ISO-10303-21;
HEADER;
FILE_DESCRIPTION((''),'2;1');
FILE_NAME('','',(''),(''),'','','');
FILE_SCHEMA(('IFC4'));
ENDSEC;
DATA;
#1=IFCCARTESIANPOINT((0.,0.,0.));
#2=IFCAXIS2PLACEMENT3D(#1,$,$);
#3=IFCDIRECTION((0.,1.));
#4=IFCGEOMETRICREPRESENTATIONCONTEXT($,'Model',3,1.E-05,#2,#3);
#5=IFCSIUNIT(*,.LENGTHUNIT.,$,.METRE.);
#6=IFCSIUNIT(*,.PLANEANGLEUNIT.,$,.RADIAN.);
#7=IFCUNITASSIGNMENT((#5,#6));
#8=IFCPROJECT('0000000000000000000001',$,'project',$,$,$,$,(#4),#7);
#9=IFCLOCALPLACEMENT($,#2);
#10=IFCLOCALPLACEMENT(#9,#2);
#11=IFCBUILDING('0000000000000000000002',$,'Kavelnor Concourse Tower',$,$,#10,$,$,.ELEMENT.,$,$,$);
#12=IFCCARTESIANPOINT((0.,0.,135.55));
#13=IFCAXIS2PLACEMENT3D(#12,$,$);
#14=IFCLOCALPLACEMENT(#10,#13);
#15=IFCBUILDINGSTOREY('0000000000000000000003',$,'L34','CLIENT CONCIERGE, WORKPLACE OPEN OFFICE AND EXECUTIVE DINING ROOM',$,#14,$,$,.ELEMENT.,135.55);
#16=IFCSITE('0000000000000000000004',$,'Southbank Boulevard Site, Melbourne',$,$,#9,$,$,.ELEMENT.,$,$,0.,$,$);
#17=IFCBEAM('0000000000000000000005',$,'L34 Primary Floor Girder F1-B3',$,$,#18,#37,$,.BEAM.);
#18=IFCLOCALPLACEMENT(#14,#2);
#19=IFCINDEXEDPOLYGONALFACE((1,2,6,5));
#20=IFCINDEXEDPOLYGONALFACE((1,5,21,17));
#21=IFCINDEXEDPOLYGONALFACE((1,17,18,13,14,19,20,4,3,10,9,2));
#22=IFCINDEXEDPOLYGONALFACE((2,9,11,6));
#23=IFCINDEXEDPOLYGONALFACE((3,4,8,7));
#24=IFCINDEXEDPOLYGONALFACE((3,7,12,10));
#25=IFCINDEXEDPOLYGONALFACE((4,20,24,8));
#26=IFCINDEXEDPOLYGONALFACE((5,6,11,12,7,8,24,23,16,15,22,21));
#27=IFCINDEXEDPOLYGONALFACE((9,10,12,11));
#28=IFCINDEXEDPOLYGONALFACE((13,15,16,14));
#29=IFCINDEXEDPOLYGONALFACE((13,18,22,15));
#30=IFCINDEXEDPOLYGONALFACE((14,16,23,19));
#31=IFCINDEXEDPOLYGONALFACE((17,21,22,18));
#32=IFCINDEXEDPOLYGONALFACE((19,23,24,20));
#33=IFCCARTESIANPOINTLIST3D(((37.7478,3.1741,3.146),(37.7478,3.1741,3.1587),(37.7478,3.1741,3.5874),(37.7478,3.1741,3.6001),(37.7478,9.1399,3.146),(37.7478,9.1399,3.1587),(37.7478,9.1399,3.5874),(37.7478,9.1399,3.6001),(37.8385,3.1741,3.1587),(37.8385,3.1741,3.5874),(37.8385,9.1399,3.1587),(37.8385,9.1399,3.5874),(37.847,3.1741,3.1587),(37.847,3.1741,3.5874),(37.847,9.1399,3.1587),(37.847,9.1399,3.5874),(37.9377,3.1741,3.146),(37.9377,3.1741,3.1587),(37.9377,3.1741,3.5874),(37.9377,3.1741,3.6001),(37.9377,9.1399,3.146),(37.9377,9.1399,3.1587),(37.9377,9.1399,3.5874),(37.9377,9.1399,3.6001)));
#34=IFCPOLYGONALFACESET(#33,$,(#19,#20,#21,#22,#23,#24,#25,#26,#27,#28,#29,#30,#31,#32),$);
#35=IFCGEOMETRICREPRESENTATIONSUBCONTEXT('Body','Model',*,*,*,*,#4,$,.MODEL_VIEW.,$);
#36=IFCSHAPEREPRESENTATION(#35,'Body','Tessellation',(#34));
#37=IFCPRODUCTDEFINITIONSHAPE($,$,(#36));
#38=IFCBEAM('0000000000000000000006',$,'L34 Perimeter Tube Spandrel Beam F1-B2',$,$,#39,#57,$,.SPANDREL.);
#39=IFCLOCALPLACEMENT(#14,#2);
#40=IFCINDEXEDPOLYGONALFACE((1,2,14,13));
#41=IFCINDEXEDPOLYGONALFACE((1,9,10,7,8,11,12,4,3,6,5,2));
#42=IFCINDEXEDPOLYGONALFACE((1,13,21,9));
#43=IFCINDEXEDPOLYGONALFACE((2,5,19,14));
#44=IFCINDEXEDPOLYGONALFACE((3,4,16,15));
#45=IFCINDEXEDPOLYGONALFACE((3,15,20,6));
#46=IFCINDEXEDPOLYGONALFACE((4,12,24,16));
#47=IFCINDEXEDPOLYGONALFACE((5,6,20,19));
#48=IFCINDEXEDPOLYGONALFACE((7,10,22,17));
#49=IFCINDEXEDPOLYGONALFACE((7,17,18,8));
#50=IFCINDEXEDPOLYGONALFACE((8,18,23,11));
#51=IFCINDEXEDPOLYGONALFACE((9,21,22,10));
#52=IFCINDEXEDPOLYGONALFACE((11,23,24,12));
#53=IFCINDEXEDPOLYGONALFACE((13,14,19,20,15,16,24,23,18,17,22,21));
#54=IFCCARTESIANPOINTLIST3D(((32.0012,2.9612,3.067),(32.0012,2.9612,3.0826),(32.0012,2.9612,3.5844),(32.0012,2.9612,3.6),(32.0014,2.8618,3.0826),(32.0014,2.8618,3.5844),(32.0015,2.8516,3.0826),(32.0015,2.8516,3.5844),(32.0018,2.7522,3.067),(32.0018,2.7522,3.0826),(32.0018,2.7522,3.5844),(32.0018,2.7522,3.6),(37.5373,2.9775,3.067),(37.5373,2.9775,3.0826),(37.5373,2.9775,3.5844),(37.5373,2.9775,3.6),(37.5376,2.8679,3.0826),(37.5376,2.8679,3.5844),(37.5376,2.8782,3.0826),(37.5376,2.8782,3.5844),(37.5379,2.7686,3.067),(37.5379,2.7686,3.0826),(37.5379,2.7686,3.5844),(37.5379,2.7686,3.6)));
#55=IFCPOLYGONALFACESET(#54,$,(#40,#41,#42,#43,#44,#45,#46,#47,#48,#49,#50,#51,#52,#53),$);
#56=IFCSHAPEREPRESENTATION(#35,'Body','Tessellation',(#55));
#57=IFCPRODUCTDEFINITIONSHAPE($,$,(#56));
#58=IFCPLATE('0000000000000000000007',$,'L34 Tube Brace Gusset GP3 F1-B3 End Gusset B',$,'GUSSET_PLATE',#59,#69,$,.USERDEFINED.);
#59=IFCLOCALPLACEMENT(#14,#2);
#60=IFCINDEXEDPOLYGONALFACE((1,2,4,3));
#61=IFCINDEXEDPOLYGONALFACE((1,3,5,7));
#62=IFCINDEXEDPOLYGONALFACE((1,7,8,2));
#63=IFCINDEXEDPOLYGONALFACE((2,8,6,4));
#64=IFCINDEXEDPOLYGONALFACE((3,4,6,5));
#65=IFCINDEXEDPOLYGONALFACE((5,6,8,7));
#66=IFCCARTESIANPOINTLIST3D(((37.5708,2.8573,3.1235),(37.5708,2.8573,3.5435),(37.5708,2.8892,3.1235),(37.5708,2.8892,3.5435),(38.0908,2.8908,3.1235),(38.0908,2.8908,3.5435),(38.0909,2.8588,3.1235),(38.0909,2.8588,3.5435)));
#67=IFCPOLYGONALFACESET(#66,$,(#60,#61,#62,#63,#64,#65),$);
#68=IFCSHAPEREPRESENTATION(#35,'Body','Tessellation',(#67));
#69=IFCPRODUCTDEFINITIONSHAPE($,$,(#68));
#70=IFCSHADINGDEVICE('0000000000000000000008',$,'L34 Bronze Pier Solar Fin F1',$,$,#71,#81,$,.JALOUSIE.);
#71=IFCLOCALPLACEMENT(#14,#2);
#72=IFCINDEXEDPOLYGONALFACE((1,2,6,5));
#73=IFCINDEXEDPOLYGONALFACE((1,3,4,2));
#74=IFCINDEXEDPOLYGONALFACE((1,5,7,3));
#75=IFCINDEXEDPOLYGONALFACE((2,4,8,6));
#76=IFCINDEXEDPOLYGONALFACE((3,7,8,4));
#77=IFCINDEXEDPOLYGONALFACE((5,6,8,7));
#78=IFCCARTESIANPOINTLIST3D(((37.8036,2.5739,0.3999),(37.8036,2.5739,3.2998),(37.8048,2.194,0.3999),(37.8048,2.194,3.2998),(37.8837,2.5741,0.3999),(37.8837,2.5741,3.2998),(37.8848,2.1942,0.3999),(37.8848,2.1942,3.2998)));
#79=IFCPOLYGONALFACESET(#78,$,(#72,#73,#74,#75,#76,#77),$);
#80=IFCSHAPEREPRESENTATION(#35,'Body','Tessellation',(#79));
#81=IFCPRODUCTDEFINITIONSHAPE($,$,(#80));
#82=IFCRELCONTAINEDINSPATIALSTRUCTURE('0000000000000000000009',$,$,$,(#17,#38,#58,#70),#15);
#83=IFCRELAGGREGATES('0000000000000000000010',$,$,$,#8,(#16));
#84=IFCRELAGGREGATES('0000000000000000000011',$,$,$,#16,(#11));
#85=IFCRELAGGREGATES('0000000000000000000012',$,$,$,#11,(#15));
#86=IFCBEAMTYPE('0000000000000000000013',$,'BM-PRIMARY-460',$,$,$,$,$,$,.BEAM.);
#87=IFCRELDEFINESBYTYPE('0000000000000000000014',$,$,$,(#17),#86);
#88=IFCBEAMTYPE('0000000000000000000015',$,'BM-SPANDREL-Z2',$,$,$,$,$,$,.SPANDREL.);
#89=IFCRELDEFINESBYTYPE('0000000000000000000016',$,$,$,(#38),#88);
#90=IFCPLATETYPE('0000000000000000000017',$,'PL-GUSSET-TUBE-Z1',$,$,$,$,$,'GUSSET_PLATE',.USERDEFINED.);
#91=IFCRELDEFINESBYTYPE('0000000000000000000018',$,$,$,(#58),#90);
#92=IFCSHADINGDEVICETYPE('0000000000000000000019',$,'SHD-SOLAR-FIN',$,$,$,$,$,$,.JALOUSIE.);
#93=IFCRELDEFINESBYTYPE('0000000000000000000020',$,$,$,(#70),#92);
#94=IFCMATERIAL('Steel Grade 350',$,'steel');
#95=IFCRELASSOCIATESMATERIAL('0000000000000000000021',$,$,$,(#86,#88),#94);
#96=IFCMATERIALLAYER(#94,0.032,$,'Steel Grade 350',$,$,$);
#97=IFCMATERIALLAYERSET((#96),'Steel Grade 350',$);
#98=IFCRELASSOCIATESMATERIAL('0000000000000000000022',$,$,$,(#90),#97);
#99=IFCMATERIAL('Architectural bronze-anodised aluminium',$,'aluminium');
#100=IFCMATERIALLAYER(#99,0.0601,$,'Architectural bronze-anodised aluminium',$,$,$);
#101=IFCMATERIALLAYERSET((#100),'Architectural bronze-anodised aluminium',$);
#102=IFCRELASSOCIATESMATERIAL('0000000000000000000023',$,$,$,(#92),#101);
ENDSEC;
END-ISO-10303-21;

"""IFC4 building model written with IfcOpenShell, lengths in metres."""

from ifc_helpers import new_model, si_unit, direction, frame, origin, origin_2d, place, context, subcontext, project, spatial, rectangle, i_section, extrude, material, layer, layer_set, material_profile, profile_set, type_object, element, save


model = new_model("IFC4")

# Units and contexts
model_context = context("Model", 3, precision=1e-05, world=origin(), true_north=direction((0.0, 1.0)))
body_context = subcontext(model_context, "Body", "Model", "MODEL_VIEW")
ifc_project = project(units=[si_unit("LENGTHUNIT", "METRE"), si_unit("PLANEANGLEUNIT", "RADIAN")], contexts=[model_context])

# Site, building, storey
site_placement = place(None, origin())
site = spatial("IfcSite", under=ifc_project, at=site_placement, Name="Southbank Boulevard Site, Melbourne", CompositionType="ELEMENT", RefElevation=0.0)
building_placement = place(site_placement, origin())
building = spatial("IfcBuilding", under=site, at=building_placement, Name="Kavelnor Concourse Tower", CompositionType="ELEMENT")
storey_placement = place(building_placement, frame((0.0, 0.0, 135.55)))
storey = spatial("IfcBuildingStorey", under=building, at=storey_placement, Name="L34", Description="CLIENT CONCIERGE, WORKPLACE OPEN OFFICE AND EXECUTIVE DINING ROOM", CompositionType="ELEMENT", Elevation=135.55)

# Shared definitions
ifc_material_1 = material(Name="Steel Grade 350", Category="steel")

# Beams
ifc_material_profile_1 = material_profile(ifc_material_1, i_section(OverallWidth=0.1899, OverallDepth=0.4541, WebThickness=0.0085, FlangeThickness=0.0127, at=origin_2d()), Name="460UB67")
ifc_profile_set_1 = profile_set([ifc_material_profile_1], Name="Steel Grade 350")
beam_type_1 = type_object("IfcBeamType", Name="BM-PRIMARY-460", PredefinedType="BEAM", material=ifc_profile_set_1)
beam_1_placement = place(storey_placement, frame((37.8428, 9.1399, 3.373), z_axis=(0.0, -1.0, 0.0), x_axis=(1.0, 0.0, 0.0)))
element("IfcBeam", 1, at=beam_1_placement, inside=storey, type_object=beam_type_1, Name="L34 Primary Floor Girder F1-B3", PredefinedType="BEAM", context=body_context, shape_type="SweptSolid", body=[
    extrude(i_section(OverallWidth=0.1899, OverallDepth=0.4541, WebThickness=0.0085, FlangeThickness=0.0127, at=origin_2d()), origin(), (0.0, 0.0, 1.0), 5.9658),
])
ifc_material_profile_2 = material_profile(ifc_material_1, i_section(OverallWidth=0.209, OverallDepth=0.533, WebThickness=0.0103, FlangeThickness=0.0156, at=origin_2d()), Name="530UB92")
ifc_profile_set_2 = profile_set([ifc_material_profile_2], Name="Steel Grade 350")
beam_type_2 = type_object("IfcBeamType", Name="BM-SPANDREL-Z2", PredefinedType="SPANDREL", material=ifc_profile_set_2)
beam_2_placement = place(storey_placement, frame((32.0015, 2.8567, 3.3335), z_axis=(0.999996, 0.002955, 0.0), x_axis=(-0.002955, 0.999996, 0.0)))
element("IfcBeam", 2, at=beam_2_placement, inside=storey, type_object=beam_type_2, Name="L34 Perimeter Tube Spandrel Beam F1-B2", PredefinedType="SPANDREL", context=body_context, shape_type="SweptSolid", body=[
    extrude(i_section(OverallWidth=0.209, OverallDepth=0.533, WebThickness=0.0103, FlangeThickness=0.0156, at=origin_2d()), origin(), (0.0, 0.0, 1.0), 5.5361),
])

# Plate
ifc_layer_1 = layer(ifc_material_1, 0.032, Name="Steel Grade 350")
ifc_layer_set_1 = layer_set([ifc_layer_1], Name="Steel Grade 350")
plate_type = type_object("IfcPlateType", Name="PL-GUSSET-TUBE-Z1", ElementType="GUSSET_PLATE", PredefinedType="USERDEFINED", material=ifc_layer_set_1)
plate_placement = place(storey_placement, frame((37.8308, 2.874, 3.1235), z_axis=(0.0, 0.0, 1.0), x_axis=(-0.999996, -0.002967, 0.0)))
element("IfcPlate", 3, at=plate_placement, inside=storey, type_object=plate_type, Name="L34 Tube Brace Gusset GP3 F1-B3 End Gusset B", ObjectType="GUSSET_PLATE", PredefinedType="USERDEFINED", context=body_context, shape_type="SweptSolid", body=[
    extrude(rectangle(XDim=0.52, YDim=0.032, at=origin_2d()), origin(), (0.0, 0.0, 1.0), 0.4199),
])

# Shading device
ifc_material_2 = material(Name="Architectural bronze-anodised aluminium", Category="aluminium")
ifc_layer_2 = layer(ifc_material_2, 0.0601, Name="Architectural bronze-anodised aluminium")
ifc_layer_set_2 = layer_set([ifc_layer_2], Name="Architectural bronze-anodised aluminium")
shading_device_type = type_object("IfcShadingDeviceType", Name="SHD-SOLAR-FIN", PredefinedType="JALOUSIE", material=ifc_layer_set_2)
shading_device_placement = place(storey_placement, frame((37.8442, 2.384, 0.3999), z_axis=(0.0, 0.0, 1.0), x_axis=(0.002967, -0.999996, 0.0)))
element("IfcShadingDevice", 4, at=shading_device_placement, inside=storey, type_object=shading_device_type, Name="L34 Bronze Pier Solar Fin F1", PredefinedType="JALOUSIE", context=body_context, shape_type="SweptSolid", body=[
    extrude(rectangle(XDim=0.3799, YDim=0.0801, at=origin_2d()), origin(), (0.0, 0.0, 1.0), 2.8999),
])

save(model, "model.ifc")
